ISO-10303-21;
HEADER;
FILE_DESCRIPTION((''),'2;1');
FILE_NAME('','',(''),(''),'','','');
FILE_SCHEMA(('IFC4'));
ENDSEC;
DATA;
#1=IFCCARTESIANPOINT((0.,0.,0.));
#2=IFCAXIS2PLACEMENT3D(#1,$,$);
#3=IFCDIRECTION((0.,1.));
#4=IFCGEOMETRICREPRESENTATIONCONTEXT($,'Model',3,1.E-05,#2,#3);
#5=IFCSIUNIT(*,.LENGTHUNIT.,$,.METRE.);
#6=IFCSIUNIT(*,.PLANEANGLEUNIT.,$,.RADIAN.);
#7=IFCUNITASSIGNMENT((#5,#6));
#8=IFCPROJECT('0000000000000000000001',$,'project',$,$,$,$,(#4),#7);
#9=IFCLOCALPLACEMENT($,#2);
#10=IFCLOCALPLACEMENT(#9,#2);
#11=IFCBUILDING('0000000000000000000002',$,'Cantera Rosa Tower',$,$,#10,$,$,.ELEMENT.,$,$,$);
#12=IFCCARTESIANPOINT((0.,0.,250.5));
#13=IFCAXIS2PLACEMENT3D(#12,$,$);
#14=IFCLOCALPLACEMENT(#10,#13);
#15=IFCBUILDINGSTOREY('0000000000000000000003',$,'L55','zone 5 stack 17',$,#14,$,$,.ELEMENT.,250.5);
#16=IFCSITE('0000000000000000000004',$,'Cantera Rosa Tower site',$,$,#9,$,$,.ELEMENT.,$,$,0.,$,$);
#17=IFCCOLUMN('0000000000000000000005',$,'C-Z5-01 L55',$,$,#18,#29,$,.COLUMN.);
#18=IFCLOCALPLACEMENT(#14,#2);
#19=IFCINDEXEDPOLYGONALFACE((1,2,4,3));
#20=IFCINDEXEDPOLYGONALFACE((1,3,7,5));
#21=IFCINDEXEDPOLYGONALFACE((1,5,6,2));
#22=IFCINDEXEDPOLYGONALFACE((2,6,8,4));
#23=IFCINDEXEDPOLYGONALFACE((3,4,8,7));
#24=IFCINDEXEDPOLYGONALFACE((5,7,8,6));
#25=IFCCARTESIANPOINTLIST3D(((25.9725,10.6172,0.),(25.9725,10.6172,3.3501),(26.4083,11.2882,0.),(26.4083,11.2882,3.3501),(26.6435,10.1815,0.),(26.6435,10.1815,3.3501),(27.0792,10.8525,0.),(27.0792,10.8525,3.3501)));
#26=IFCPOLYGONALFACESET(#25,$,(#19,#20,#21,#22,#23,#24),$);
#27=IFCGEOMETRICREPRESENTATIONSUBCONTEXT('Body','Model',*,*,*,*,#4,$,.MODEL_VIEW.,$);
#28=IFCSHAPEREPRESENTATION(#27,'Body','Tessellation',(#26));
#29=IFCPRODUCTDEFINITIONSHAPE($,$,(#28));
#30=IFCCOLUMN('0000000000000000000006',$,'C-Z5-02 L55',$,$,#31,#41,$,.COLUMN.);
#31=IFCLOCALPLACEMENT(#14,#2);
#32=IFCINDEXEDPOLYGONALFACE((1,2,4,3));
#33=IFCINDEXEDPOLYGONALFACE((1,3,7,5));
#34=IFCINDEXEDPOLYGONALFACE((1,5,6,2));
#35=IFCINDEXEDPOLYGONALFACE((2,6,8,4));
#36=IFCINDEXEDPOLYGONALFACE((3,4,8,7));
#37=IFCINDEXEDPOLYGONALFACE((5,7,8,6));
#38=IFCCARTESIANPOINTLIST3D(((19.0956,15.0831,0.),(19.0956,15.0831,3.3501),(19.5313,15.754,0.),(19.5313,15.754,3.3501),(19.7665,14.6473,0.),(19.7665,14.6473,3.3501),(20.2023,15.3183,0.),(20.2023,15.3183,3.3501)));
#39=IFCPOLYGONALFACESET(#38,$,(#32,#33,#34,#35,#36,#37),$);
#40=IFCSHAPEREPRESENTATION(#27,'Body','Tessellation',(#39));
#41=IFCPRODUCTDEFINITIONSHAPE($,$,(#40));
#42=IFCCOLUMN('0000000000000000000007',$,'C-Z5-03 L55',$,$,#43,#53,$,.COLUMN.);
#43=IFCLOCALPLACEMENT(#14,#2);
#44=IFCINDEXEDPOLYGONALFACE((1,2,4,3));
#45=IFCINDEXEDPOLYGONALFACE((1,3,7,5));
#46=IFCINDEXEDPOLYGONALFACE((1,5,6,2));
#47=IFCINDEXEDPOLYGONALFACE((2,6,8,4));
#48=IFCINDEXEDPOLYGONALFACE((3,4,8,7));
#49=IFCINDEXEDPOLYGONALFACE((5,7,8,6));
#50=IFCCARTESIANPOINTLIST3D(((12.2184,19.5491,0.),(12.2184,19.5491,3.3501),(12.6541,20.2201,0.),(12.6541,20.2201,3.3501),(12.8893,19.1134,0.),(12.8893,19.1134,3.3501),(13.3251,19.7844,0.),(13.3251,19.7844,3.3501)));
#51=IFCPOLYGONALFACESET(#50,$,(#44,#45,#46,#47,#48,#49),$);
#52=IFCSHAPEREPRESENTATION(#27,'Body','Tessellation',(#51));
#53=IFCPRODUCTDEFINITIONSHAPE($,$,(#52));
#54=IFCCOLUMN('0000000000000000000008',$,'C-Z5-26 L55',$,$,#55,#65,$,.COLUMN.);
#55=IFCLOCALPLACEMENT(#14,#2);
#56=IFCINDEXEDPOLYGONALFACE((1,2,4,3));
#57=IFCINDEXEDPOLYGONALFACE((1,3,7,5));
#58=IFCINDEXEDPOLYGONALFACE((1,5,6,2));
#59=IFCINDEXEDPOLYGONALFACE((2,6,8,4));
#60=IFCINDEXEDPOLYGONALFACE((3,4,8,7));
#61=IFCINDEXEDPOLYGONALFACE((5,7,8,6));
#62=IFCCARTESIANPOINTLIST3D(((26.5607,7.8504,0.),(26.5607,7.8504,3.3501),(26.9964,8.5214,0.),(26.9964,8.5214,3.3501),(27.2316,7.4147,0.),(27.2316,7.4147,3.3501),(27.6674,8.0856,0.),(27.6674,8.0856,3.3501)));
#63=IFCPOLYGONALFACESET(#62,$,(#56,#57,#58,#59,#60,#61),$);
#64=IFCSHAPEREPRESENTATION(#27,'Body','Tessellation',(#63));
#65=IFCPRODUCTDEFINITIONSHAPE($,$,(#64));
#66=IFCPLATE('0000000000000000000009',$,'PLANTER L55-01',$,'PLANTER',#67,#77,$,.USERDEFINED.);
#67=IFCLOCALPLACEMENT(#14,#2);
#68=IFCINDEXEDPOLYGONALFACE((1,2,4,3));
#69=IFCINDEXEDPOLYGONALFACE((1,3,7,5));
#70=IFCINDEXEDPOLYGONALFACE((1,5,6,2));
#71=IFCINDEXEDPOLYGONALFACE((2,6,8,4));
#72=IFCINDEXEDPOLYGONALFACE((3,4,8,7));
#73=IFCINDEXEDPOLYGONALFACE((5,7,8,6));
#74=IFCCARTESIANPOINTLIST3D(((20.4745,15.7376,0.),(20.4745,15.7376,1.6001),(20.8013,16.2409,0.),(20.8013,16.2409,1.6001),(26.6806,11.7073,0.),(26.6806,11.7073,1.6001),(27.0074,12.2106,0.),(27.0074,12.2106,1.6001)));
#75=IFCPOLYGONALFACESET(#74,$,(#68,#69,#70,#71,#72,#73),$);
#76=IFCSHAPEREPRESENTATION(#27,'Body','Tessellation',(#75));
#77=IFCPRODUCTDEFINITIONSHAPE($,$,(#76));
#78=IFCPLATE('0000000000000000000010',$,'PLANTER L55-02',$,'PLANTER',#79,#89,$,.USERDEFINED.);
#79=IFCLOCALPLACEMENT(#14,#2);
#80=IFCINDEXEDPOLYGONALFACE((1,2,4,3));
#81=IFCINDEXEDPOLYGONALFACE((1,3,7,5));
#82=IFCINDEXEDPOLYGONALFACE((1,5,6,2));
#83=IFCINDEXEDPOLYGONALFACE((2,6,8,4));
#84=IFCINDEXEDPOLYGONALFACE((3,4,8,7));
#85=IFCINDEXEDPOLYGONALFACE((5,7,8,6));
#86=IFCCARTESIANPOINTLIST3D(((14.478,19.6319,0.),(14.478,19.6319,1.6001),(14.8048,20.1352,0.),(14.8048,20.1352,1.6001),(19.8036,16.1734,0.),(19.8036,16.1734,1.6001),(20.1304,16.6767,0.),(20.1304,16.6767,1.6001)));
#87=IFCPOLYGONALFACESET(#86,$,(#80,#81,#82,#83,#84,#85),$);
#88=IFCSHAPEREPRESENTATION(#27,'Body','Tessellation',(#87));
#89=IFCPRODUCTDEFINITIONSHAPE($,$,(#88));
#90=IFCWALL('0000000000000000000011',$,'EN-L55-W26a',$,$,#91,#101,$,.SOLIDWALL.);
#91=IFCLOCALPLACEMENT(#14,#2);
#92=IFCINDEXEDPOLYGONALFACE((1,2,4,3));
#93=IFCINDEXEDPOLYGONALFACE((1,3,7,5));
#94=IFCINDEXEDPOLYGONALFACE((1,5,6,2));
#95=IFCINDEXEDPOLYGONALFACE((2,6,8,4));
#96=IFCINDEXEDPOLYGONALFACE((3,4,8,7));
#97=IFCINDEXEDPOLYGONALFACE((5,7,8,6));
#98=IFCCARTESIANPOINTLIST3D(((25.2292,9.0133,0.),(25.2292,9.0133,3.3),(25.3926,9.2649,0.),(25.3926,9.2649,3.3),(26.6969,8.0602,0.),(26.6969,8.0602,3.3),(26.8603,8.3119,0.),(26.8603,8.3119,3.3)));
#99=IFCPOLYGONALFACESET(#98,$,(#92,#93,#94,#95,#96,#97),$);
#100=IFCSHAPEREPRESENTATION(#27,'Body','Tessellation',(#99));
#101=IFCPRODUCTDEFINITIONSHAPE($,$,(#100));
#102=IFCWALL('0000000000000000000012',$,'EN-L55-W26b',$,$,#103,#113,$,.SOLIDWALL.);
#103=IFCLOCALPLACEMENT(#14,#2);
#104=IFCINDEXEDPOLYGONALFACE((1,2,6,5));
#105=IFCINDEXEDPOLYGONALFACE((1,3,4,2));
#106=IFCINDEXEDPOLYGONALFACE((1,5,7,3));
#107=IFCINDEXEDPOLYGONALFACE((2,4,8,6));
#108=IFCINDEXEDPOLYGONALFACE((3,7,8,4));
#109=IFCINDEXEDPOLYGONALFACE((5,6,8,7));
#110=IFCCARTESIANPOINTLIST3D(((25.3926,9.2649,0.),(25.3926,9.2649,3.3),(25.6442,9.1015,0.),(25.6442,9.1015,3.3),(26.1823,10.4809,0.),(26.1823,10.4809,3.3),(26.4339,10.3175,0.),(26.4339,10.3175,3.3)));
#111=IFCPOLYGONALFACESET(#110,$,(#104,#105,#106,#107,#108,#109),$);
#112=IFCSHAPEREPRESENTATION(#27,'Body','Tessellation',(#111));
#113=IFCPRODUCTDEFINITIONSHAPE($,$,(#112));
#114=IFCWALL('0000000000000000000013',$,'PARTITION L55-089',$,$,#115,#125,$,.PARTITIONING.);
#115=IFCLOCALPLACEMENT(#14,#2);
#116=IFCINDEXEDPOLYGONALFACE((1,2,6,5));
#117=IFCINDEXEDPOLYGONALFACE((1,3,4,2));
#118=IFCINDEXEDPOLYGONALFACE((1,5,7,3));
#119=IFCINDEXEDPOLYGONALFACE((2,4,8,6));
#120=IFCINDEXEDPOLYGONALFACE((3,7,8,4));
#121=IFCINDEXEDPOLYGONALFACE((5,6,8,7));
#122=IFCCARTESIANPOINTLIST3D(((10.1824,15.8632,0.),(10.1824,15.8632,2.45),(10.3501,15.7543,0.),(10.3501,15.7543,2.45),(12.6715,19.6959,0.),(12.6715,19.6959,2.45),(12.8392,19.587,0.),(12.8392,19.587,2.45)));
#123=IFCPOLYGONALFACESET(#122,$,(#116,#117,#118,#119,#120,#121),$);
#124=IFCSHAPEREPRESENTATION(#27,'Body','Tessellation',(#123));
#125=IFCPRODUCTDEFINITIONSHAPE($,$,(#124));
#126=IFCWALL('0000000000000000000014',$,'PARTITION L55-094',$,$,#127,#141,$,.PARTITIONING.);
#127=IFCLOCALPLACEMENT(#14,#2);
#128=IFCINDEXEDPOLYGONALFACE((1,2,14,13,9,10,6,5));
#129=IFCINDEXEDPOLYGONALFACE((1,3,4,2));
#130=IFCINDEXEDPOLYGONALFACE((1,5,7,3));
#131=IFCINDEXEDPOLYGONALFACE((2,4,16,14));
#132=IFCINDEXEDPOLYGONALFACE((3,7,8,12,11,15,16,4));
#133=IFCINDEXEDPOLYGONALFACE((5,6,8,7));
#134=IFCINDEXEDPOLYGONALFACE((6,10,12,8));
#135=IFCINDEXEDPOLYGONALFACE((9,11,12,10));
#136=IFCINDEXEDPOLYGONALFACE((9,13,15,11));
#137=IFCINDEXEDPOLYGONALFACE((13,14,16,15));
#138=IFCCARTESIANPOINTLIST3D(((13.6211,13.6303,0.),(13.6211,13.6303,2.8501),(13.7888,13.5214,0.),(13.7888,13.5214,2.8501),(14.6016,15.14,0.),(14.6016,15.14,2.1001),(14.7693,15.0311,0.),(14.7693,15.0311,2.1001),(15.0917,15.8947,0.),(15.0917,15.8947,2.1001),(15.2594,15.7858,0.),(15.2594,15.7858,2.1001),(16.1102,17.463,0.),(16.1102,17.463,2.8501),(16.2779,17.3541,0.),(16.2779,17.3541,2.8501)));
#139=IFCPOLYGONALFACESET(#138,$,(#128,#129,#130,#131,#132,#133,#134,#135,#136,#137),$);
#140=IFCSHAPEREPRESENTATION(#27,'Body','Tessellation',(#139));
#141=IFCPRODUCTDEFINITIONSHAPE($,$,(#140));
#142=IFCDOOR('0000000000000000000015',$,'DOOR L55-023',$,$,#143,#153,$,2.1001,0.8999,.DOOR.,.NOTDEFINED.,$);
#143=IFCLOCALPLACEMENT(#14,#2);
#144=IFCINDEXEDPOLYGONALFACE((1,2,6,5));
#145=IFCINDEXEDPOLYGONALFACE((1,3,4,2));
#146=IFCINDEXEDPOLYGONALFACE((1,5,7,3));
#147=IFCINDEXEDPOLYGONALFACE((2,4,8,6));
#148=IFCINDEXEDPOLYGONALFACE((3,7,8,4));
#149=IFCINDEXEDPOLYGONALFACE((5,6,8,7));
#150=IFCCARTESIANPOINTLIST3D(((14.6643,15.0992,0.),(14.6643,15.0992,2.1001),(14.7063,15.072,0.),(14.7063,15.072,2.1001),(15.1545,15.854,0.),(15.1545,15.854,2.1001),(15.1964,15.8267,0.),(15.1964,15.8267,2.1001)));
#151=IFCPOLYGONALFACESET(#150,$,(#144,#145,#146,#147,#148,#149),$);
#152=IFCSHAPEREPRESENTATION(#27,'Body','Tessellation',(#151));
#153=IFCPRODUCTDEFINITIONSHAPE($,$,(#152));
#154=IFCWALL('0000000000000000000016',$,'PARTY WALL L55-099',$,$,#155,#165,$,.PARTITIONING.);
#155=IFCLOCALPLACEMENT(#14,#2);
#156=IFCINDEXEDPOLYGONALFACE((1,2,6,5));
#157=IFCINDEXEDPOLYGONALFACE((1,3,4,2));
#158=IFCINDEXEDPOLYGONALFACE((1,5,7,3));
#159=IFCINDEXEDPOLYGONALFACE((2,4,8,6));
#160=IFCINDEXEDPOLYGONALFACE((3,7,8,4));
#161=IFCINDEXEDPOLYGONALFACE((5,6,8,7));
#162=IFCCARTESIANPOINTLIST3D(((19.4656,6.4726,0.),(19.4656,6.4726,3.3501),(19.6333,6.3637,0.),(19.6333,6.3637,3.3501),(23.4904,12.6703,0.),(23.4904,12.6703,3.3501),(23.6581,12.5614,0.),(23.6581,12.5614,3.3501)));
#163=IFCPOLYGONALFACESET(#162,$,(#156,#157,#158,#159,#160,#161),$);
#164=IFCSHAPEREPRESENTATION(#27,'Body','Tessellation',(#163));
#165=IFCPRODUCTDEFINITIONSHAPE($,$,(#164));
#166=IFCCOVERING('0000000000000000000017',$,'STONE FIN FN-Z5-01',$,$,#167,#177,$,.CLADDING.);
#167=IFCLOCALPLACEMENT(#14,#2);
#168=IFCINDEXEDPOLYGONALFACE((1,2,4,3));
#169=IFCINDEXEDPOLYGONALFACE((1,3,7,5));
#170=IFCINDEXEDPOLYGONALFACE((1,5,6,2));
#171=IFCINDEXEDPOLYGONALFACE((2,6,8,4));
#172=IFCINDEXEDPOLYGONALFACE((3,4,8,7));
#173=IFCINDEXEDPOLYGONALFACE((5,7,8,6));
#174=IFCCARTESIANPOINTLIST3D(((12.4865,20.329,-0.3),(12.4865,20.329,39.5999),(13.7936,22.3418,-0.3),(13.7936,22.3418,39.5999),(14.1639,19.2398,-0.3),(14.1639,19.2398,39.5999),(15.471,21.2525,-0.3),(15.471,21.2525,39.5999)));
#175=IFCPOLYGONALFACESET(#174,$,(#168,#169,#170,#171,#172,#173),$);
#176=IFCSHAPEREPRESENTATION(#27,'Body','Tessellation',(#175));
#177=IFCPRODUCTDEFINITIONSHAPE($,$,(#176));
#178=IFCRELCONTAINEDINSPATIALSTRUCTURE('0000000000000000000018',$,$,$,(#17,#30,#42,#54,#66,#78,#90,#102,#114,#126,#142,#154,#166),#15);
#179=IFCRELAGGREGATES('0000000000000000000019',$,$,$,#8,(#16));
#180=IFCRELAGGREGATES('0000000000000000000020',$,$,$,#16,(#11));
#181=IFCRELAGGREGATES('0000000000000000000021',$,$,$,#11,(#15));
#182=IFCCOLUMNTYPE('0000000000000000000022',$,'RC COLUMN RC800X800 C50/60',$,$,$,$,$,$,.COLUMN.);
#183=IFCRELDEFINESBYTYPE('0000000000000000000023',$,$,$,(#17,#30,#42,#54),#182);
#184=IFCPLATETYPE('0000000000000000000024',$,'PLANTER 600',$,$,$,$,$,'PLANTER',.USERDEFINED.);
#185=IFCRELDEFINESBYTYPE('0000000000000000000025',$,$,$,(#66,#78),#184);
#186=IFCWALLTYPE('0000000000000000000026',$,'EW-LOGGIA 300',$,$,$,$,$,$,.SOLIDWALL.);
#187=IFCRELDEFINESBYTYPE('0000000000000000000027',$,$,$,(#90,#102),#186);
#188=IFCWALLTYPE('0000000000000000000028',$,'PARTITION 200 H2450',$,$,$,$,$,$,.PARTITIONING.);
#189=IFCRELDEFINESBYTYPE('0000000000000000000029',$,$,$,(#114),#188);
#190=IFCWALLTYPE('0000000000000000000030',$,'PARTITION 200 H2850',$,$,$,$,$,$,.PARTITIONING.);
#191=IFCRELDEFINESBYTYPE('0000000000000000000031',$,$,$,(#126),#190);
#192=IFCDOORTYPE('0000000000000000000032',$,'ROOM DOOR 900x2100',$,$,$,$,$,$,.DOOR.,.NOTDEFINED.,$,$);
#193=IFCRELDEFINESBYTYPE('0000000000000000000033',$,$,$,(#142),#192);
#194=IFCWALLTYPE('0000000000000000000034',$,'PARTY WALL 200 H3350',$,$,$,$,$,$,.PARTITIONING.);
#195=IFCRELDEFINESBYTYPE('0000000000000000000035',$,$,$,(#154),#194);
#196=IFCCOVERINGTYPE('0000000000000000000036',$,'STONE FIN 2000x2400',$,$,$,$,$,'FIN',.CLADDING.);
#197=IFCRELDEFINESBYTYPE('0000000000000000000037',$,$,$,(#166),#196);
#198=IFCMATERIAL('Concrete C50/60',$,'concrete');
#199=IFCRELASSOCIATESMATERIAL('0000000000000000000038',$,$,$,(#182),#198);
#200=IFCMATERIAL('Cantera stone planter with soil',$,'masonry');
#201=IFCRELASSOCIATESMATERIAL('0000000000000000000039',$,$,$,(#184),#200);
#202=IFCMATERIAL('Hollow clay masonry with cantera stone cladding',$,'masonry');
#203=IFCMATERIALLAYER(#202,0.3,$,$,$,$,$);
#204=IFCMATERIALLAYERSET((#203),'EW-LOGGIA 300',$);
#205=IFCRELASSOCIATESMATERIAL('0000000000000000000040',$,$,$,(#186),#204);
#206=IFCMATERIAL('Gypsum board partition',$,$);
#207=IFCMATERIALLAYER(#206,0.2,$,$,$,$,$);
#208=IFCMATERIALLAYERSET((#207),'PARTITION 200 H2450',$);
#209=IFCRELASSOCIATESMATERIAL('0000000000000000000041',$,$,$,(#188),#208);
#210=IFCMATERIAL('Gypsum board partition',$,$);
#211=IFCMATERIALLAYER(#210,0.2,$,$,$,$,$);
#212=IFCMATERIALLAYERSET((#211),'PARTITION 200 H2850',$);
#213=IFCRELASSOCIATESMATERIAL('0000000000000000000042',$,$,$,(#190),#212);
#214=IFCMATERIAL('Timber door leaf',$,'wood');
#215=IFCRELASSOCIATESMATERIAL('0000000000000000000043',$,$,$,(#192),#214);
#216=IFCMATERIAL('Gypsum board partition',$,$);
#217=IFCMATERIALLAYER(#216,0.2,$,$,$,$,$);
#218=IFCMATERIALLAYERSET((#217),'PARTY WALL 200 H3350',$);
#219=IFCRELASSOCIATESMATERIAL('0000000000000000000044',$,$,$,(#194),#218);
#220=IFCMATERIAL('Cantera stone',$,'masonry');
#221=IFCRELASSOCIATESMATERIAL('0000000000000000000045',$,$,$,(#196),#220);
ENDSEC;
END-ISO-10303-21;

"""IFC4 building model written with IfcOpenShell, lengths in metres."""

from ifc_helpers import new_model, si_unit, direction, frame, frame_2d, origin, origin_2d, place, context, subcontext, project, spatial, rectangle, extrude, material, layer, layer_set, material_profile, profile_set, type_object, element, fill, save


model = new_model("IFC4")

# Units and contexts
model_context = context("Model", 3, precision=1e-05, world=origin(), true_north=direction((0.0, 1.0)))
body_context = subcontext(model_context, "Body", "Model", "MODEL_VIEW")
ifc_project = project(units=[si_unit("LENGTHUNIT", "METRE"), si_unit("PLANEANGLEUNIT", "RADIAN")], contexts=[model_context])

# Site, building, storey
site_placement = place(None, origin())
site = spatial("IfcSite", under=ifc_project, at=site_placement, Name="Cantera Rosa Tower site", CompositionType="ELEMENT", RefElevation=0.0)
building_placement = place(site_placement, origin())
building = spatial("IfcBuilding", under=site, at=building_placement, Name="Cantera Rosa Tower", CompositionType="ELEMENT")
storey_placement = place(building_placement, frame((0.0, 0.0, 250.5)))
storey = spatial("IfcBuildingStorey", under=building, at=storey_placement, Name="L55", Description="zone 5 stack 17", CompositionType="ELEMENT", Elevation=250.5)

# Columns
ifc_material_1 = material(Name="Concrete C50/60", Category="concrete")
ifc_material_profile = material_profile(ifc_material_1, rectangle(XDim=0.8, YDim=0.8, at=origin_2d()), Name="RC COLUMN RC800X800 C50/60")
ifc_profile_set = profile_set([ifc_material_profile], Name="Concrete C50/60")
column_type = type_object("IfcColumnType", Name="RC COLUMN RC800X800 C50/60", PredefinedType="COLUMN", material=ifc_profile_set)
for number, where, z_axis, x_axis, name in (
    (1, (26.5259, 10.7349, 0.0), (0.0, 0.0, 1.0), (0.544639, 0.838671, 0.0), "C-Z5-01 L55"),
    (2, (19.6489, 15.2007, 0.0), (0.0, 0.0, 1.0), (0.544639, 0.838671, 0.0), "C-Z5-02 L55"),
    (3, (12.7717, 19.6667, 0.0), (0.0, 0.0, 1.0), (0.544639, 0.838671, 0.0), "C-Z5-03 L55"),
    (4, (27.114, 7.968, 0.0), (0.0, 0.0, 1.0), (0.544639, 0.838671, 0.0), "C-Z5-26 L55"),
):
    element("IfcColumn", number, at=place(storey_placement, frame(where, z_axis=z_axis, x_axis=x_axis)), inside=storey, type_object=column_type, Name=name, PredefinedType="COLUMN", context=body_context, shape_type="SweptSolid", body=[
        extrude(rectangle(XDim=0.8, YDim=0.8, at=origin_2d()), origin(), (0.0, 0.0, 1.0), 3.3501),
    ])

# Plates
ifc_material_2 = material(Name="Cantera stone planter with soil", Category="masonry")
plate_type = type_object("IfcPlateType", Name="PLANTER 600", ElementType="PLANTER", PredefinedType="USERDEFINED", material=ifc_material_2)
plate_1_placement = place(storey_placement, frame((23.741, 13.9741, 0.0), z_axis=(0.0, 0.0, 1.0), x_axis=(-0.838671, 0.544639, 0.0)))
element("IfcPlate", 5, at=plate_1_placement, inside=storey, type_object=plate_type, Name="PLANTER L55-01", ObjectType="PLANTER", PredefinedType="USERDEFINED", context=body_context, shape_type="SweptSolid", body=[
    extrude(rectangle(XDim=7.3999, YDim=0.6001, at=origin_2d()), origin(), (0.0, 0.0, 1.0), 1.6001),
])
plate_2_placement = place(storey_placement, frame((17.3042, 18.1543, 0.0), z_axis=(0.0, 0.0, 1.0), x_axis=(-0.838671, 0.544639, 0.0)))
element("IfcPlate", 6, at=plate_2_placement, inside=storey, type_object=plate_type, Name="PLANTER L55-02", ObjectType="PLANTER", PredefinedType="USERDEFINED", context=body_context, shape_type="SweptSolid", body=[
    extrude(rectangle(XDim=6.3501, YDim=0.6001, at=origin_2d()), origin(), (0.0, 0.0, 1.0), 1.6001),
])

# Walls
ifc_material_3 = material(Name="Hollow clay masonry with cantera stone cladding", Category="masonry")
ifc_layer_1 = layer(ifc_material_3, 0.3)
ifc_layer_set_1 = layer_set([ifc_layer_1], Name="EW-LOGGIA 300")
wall_type_1 = type_object("IfcWallType", Name="EW-LOGGIA 300", PredefinedType="SOLIDWALL", material=ifc_layer_set_1)
wall_1_placement = place(storey_placement, frame((26.7786, 8.186, 0.0), z_axis=(0.0, 0.0, 1.0), x_axis=(-0.838686, 0.544616, 0.0)))
element("IfcWall", 7, at=wall_1_placement, inside=storey, type_object=wall_type_1, Name="EN-L55-W26a", PredefinedType="SOLIDWALL", context=body_context, shape_type="SweptSolid", body=[
    extrude(rectangle(XDim=1.75, YDim=0.3, at=frame_2d((0.875, 0.0))), origin(), (0.0, 0.0, 1.0), 3.3),
])
wall_2_placement = place(storey_placement, frame((25.5183, 9.1831, 0.0), z_axis=(0.0, 0.0, 1.0), x_axis=(0.544675, 0.838647, 0.0)))
element("IfcWall", 8, at=wall_2_placement, inside=storey, type_object=wall_type_1, Name="EN-L55-W26b", PredefinedType="SOLIDWALL", context=body_context, shape_type="SweptSolid", body=[
    extrude(rectangle(XDim=1.45, YDim=0.3, at=frame_2d((0.7251, 0.0))), origin(), (0.0, 0.0, 1.0), 3.3),
])

# Wall
ifc_material_4 = material(Name="Gypsum board partition")
ifc_layer_2 = layer(ifc_material_4, 0.2)
ifc_layer_set_2 = layer_set([ifc_layer_2], Name="PARTITION 200 H2450")
wall_type_2 = type_object("IfcWallType", Name="PARTITION 200 H2450", PredefinedType="PARTITIONING", material=ifc_layer_set_2)
wall_3_placement = place(storey_placement, frame((12.7554, 19.6416, 0.0), z_axis=(0.0, 0.0, 1.0), x_axis=(-0.544637, -0.838672, 0.0)))
element("IfcWall", 9, at=wall_3_placement, inside=storey, type_object=wall_type_2, Name="PARTITION L55-089", PredefinedType="PARTITIONING", context=body_context, shape_type="SweptSolid", body=[
    extrude(rectangle(XDim=4.5701, YDim=0.2, at=frame_2d((2.2852, 0.0))), origin(), (0.0, 0.0, 1.0), 2.45),
])

# Wall, opening, door
ifc_material_5 = material(Name="Gypsum board partition")
ifc_layer_3 = layer(ifc_material_5, 0.2)
ifc_layer_set_3 = layer_set([ifc_layer_3], Name="PARTITION 200 H2850")
wall_type_3 = type_object("IfcWallType", Name="PARTITION 200 H2850", PredefinedType="PARTITIONING", material=ifc_layer_set_3)
wall_4_placement = place(storey_placement, frame((16.1941, 17.4087, 0.0), z_axis=(0.0, 0.0, 1.0), x_axis=(-0.544637, -0.838672, 0.0)))
wall_4 = element("IfcWall", 10, at=wall_4_placement, inside=storey, type_object=wall_type_3, Name="PARTITION L55-094", PredefinedType="PARTITIONING", context=body_context, shape_type="SweptSolid", body=[
    extrude(rectangle(XDim=4.5701, YDim=0.2, at=frame_2d((2.2852, 0.0))), origin(), (0.0, 0.0, 1.0), 2.8501),
])
opening_1_placement = place(wall_4_placement, frame((1.8701, 0.0, 0.0)))
opening_1 = element("IfcOpeningElement", 11, at=opening_1_placement, cuts=wall_4, PredefinedType="OPENING", context=body_context, shape_type="SweptSolid", body=[
    extrude(rectangle(XDim=0.8999, YDim=2.1001, at=frame_2d((0.45, 1.05))), frame((0.0, 0.1099, 0.0), z_axis=(0.0, -1.0, 0.0), x_axis=(1.0, 0.0, 0.0)), (0.0, 0.0, 1.0), 0.22),
])
ifc_material_6 = material(Name="Timber door leaf", Category="wood")
door_type_1 = type_object("IfcDoorType", Name="ROOM DOOR 900x2100", OperationType="NOTDEFINED", PredefinedType="DOOR", material=ifc_material_6)
door_1_placement = place(opening_1_placement, origin())
door_1 = element("IfcDoor", 12, at=door_1_placement, inside=storey, type_object=door_type_1, Name="DOOR L55-023", OperationType="NOTDEFINED", OverallHeight=2.1001, OverallWidth=0.8999, PredefinedType="DOOR", context=body_context, shape_type="SweptSolid", body=[
    extrude(rectangle(XDim=0.8999, YDim=2.1001, at=frame_2d((0.45, 1.05))), frame((0.0, 0.0249, 0.0), z_axis=(0.0, -1.0, 0.0), x_axis=(1.0, 0.0, 0.0)), (0.0, 0.0, 1.0), 0.05),
])
fill(opening_1, door_1)

# Wall
ifc_material_7 = material(Name="Gypsum board partition")
ifc_layer_4 = layer(ifc_material_7, 0.2)
ifc_layer_set_4 = layer_set([ifc_layer_4], Name="PARTY WALL 200 H3350")
wall_type_4 = type_object("IfcWallType", Name="PARTY WALL 200 H3350", PredefinedType="PARTITIONING", material=ifc_layer_set_4)
wall_5_placement = place(storey_placement, frame((23.5742, 12.6157, 0.0), z_axis=(0.0, 0.0, 1.0), x_axis=(-0.544642, -0.838668, 0.0)))
element("IfcWall", 13, at=wall_5_placement, inside=storey, type_object=wall_type_4, Name="PARTY WALL L55-099", PredefinedType="PARTITIONING", context=body_context, shape_type="SweptSolid", body=[
    extrude(rectangle(XDim=7.3899, YDim=0.2, at=frame_2d((3.6948, 0.0))), origin(), (0.0, 0.0, 1.0), 3.3501),
])

# Covering
ifc_material_8 = material(Name="Cantera stone", Category="masonry")
covering_type = type_object("IfcCoveringType", Name="STONE FIN 2000x2400", ElementType="FIN", PredefinedType="CLADDING", material=ifc_material_8)
covering_placement = place(storey_placement, frame((13.9788, 20.7908, -0.3), z_axis=(0.0, 0.0, 1.0), x_axis=(-0.838671, 0.544639, 0.0)))
element("IfcCovering", 14, at=covering_placement, inside=storey, type_object=covering_type, Name="STONE FIN FN-Z5-01", PredefinedType="CLADDING", context=body_context, shape_type="SweptSolid", body=[
    extrude(rectangle(XDim=2.0, YDim=2.3999, at=origin_2d()), origin(), (0.0, 0.0, 1.0), 39.8999),
])

save(model, "model.ifc")
